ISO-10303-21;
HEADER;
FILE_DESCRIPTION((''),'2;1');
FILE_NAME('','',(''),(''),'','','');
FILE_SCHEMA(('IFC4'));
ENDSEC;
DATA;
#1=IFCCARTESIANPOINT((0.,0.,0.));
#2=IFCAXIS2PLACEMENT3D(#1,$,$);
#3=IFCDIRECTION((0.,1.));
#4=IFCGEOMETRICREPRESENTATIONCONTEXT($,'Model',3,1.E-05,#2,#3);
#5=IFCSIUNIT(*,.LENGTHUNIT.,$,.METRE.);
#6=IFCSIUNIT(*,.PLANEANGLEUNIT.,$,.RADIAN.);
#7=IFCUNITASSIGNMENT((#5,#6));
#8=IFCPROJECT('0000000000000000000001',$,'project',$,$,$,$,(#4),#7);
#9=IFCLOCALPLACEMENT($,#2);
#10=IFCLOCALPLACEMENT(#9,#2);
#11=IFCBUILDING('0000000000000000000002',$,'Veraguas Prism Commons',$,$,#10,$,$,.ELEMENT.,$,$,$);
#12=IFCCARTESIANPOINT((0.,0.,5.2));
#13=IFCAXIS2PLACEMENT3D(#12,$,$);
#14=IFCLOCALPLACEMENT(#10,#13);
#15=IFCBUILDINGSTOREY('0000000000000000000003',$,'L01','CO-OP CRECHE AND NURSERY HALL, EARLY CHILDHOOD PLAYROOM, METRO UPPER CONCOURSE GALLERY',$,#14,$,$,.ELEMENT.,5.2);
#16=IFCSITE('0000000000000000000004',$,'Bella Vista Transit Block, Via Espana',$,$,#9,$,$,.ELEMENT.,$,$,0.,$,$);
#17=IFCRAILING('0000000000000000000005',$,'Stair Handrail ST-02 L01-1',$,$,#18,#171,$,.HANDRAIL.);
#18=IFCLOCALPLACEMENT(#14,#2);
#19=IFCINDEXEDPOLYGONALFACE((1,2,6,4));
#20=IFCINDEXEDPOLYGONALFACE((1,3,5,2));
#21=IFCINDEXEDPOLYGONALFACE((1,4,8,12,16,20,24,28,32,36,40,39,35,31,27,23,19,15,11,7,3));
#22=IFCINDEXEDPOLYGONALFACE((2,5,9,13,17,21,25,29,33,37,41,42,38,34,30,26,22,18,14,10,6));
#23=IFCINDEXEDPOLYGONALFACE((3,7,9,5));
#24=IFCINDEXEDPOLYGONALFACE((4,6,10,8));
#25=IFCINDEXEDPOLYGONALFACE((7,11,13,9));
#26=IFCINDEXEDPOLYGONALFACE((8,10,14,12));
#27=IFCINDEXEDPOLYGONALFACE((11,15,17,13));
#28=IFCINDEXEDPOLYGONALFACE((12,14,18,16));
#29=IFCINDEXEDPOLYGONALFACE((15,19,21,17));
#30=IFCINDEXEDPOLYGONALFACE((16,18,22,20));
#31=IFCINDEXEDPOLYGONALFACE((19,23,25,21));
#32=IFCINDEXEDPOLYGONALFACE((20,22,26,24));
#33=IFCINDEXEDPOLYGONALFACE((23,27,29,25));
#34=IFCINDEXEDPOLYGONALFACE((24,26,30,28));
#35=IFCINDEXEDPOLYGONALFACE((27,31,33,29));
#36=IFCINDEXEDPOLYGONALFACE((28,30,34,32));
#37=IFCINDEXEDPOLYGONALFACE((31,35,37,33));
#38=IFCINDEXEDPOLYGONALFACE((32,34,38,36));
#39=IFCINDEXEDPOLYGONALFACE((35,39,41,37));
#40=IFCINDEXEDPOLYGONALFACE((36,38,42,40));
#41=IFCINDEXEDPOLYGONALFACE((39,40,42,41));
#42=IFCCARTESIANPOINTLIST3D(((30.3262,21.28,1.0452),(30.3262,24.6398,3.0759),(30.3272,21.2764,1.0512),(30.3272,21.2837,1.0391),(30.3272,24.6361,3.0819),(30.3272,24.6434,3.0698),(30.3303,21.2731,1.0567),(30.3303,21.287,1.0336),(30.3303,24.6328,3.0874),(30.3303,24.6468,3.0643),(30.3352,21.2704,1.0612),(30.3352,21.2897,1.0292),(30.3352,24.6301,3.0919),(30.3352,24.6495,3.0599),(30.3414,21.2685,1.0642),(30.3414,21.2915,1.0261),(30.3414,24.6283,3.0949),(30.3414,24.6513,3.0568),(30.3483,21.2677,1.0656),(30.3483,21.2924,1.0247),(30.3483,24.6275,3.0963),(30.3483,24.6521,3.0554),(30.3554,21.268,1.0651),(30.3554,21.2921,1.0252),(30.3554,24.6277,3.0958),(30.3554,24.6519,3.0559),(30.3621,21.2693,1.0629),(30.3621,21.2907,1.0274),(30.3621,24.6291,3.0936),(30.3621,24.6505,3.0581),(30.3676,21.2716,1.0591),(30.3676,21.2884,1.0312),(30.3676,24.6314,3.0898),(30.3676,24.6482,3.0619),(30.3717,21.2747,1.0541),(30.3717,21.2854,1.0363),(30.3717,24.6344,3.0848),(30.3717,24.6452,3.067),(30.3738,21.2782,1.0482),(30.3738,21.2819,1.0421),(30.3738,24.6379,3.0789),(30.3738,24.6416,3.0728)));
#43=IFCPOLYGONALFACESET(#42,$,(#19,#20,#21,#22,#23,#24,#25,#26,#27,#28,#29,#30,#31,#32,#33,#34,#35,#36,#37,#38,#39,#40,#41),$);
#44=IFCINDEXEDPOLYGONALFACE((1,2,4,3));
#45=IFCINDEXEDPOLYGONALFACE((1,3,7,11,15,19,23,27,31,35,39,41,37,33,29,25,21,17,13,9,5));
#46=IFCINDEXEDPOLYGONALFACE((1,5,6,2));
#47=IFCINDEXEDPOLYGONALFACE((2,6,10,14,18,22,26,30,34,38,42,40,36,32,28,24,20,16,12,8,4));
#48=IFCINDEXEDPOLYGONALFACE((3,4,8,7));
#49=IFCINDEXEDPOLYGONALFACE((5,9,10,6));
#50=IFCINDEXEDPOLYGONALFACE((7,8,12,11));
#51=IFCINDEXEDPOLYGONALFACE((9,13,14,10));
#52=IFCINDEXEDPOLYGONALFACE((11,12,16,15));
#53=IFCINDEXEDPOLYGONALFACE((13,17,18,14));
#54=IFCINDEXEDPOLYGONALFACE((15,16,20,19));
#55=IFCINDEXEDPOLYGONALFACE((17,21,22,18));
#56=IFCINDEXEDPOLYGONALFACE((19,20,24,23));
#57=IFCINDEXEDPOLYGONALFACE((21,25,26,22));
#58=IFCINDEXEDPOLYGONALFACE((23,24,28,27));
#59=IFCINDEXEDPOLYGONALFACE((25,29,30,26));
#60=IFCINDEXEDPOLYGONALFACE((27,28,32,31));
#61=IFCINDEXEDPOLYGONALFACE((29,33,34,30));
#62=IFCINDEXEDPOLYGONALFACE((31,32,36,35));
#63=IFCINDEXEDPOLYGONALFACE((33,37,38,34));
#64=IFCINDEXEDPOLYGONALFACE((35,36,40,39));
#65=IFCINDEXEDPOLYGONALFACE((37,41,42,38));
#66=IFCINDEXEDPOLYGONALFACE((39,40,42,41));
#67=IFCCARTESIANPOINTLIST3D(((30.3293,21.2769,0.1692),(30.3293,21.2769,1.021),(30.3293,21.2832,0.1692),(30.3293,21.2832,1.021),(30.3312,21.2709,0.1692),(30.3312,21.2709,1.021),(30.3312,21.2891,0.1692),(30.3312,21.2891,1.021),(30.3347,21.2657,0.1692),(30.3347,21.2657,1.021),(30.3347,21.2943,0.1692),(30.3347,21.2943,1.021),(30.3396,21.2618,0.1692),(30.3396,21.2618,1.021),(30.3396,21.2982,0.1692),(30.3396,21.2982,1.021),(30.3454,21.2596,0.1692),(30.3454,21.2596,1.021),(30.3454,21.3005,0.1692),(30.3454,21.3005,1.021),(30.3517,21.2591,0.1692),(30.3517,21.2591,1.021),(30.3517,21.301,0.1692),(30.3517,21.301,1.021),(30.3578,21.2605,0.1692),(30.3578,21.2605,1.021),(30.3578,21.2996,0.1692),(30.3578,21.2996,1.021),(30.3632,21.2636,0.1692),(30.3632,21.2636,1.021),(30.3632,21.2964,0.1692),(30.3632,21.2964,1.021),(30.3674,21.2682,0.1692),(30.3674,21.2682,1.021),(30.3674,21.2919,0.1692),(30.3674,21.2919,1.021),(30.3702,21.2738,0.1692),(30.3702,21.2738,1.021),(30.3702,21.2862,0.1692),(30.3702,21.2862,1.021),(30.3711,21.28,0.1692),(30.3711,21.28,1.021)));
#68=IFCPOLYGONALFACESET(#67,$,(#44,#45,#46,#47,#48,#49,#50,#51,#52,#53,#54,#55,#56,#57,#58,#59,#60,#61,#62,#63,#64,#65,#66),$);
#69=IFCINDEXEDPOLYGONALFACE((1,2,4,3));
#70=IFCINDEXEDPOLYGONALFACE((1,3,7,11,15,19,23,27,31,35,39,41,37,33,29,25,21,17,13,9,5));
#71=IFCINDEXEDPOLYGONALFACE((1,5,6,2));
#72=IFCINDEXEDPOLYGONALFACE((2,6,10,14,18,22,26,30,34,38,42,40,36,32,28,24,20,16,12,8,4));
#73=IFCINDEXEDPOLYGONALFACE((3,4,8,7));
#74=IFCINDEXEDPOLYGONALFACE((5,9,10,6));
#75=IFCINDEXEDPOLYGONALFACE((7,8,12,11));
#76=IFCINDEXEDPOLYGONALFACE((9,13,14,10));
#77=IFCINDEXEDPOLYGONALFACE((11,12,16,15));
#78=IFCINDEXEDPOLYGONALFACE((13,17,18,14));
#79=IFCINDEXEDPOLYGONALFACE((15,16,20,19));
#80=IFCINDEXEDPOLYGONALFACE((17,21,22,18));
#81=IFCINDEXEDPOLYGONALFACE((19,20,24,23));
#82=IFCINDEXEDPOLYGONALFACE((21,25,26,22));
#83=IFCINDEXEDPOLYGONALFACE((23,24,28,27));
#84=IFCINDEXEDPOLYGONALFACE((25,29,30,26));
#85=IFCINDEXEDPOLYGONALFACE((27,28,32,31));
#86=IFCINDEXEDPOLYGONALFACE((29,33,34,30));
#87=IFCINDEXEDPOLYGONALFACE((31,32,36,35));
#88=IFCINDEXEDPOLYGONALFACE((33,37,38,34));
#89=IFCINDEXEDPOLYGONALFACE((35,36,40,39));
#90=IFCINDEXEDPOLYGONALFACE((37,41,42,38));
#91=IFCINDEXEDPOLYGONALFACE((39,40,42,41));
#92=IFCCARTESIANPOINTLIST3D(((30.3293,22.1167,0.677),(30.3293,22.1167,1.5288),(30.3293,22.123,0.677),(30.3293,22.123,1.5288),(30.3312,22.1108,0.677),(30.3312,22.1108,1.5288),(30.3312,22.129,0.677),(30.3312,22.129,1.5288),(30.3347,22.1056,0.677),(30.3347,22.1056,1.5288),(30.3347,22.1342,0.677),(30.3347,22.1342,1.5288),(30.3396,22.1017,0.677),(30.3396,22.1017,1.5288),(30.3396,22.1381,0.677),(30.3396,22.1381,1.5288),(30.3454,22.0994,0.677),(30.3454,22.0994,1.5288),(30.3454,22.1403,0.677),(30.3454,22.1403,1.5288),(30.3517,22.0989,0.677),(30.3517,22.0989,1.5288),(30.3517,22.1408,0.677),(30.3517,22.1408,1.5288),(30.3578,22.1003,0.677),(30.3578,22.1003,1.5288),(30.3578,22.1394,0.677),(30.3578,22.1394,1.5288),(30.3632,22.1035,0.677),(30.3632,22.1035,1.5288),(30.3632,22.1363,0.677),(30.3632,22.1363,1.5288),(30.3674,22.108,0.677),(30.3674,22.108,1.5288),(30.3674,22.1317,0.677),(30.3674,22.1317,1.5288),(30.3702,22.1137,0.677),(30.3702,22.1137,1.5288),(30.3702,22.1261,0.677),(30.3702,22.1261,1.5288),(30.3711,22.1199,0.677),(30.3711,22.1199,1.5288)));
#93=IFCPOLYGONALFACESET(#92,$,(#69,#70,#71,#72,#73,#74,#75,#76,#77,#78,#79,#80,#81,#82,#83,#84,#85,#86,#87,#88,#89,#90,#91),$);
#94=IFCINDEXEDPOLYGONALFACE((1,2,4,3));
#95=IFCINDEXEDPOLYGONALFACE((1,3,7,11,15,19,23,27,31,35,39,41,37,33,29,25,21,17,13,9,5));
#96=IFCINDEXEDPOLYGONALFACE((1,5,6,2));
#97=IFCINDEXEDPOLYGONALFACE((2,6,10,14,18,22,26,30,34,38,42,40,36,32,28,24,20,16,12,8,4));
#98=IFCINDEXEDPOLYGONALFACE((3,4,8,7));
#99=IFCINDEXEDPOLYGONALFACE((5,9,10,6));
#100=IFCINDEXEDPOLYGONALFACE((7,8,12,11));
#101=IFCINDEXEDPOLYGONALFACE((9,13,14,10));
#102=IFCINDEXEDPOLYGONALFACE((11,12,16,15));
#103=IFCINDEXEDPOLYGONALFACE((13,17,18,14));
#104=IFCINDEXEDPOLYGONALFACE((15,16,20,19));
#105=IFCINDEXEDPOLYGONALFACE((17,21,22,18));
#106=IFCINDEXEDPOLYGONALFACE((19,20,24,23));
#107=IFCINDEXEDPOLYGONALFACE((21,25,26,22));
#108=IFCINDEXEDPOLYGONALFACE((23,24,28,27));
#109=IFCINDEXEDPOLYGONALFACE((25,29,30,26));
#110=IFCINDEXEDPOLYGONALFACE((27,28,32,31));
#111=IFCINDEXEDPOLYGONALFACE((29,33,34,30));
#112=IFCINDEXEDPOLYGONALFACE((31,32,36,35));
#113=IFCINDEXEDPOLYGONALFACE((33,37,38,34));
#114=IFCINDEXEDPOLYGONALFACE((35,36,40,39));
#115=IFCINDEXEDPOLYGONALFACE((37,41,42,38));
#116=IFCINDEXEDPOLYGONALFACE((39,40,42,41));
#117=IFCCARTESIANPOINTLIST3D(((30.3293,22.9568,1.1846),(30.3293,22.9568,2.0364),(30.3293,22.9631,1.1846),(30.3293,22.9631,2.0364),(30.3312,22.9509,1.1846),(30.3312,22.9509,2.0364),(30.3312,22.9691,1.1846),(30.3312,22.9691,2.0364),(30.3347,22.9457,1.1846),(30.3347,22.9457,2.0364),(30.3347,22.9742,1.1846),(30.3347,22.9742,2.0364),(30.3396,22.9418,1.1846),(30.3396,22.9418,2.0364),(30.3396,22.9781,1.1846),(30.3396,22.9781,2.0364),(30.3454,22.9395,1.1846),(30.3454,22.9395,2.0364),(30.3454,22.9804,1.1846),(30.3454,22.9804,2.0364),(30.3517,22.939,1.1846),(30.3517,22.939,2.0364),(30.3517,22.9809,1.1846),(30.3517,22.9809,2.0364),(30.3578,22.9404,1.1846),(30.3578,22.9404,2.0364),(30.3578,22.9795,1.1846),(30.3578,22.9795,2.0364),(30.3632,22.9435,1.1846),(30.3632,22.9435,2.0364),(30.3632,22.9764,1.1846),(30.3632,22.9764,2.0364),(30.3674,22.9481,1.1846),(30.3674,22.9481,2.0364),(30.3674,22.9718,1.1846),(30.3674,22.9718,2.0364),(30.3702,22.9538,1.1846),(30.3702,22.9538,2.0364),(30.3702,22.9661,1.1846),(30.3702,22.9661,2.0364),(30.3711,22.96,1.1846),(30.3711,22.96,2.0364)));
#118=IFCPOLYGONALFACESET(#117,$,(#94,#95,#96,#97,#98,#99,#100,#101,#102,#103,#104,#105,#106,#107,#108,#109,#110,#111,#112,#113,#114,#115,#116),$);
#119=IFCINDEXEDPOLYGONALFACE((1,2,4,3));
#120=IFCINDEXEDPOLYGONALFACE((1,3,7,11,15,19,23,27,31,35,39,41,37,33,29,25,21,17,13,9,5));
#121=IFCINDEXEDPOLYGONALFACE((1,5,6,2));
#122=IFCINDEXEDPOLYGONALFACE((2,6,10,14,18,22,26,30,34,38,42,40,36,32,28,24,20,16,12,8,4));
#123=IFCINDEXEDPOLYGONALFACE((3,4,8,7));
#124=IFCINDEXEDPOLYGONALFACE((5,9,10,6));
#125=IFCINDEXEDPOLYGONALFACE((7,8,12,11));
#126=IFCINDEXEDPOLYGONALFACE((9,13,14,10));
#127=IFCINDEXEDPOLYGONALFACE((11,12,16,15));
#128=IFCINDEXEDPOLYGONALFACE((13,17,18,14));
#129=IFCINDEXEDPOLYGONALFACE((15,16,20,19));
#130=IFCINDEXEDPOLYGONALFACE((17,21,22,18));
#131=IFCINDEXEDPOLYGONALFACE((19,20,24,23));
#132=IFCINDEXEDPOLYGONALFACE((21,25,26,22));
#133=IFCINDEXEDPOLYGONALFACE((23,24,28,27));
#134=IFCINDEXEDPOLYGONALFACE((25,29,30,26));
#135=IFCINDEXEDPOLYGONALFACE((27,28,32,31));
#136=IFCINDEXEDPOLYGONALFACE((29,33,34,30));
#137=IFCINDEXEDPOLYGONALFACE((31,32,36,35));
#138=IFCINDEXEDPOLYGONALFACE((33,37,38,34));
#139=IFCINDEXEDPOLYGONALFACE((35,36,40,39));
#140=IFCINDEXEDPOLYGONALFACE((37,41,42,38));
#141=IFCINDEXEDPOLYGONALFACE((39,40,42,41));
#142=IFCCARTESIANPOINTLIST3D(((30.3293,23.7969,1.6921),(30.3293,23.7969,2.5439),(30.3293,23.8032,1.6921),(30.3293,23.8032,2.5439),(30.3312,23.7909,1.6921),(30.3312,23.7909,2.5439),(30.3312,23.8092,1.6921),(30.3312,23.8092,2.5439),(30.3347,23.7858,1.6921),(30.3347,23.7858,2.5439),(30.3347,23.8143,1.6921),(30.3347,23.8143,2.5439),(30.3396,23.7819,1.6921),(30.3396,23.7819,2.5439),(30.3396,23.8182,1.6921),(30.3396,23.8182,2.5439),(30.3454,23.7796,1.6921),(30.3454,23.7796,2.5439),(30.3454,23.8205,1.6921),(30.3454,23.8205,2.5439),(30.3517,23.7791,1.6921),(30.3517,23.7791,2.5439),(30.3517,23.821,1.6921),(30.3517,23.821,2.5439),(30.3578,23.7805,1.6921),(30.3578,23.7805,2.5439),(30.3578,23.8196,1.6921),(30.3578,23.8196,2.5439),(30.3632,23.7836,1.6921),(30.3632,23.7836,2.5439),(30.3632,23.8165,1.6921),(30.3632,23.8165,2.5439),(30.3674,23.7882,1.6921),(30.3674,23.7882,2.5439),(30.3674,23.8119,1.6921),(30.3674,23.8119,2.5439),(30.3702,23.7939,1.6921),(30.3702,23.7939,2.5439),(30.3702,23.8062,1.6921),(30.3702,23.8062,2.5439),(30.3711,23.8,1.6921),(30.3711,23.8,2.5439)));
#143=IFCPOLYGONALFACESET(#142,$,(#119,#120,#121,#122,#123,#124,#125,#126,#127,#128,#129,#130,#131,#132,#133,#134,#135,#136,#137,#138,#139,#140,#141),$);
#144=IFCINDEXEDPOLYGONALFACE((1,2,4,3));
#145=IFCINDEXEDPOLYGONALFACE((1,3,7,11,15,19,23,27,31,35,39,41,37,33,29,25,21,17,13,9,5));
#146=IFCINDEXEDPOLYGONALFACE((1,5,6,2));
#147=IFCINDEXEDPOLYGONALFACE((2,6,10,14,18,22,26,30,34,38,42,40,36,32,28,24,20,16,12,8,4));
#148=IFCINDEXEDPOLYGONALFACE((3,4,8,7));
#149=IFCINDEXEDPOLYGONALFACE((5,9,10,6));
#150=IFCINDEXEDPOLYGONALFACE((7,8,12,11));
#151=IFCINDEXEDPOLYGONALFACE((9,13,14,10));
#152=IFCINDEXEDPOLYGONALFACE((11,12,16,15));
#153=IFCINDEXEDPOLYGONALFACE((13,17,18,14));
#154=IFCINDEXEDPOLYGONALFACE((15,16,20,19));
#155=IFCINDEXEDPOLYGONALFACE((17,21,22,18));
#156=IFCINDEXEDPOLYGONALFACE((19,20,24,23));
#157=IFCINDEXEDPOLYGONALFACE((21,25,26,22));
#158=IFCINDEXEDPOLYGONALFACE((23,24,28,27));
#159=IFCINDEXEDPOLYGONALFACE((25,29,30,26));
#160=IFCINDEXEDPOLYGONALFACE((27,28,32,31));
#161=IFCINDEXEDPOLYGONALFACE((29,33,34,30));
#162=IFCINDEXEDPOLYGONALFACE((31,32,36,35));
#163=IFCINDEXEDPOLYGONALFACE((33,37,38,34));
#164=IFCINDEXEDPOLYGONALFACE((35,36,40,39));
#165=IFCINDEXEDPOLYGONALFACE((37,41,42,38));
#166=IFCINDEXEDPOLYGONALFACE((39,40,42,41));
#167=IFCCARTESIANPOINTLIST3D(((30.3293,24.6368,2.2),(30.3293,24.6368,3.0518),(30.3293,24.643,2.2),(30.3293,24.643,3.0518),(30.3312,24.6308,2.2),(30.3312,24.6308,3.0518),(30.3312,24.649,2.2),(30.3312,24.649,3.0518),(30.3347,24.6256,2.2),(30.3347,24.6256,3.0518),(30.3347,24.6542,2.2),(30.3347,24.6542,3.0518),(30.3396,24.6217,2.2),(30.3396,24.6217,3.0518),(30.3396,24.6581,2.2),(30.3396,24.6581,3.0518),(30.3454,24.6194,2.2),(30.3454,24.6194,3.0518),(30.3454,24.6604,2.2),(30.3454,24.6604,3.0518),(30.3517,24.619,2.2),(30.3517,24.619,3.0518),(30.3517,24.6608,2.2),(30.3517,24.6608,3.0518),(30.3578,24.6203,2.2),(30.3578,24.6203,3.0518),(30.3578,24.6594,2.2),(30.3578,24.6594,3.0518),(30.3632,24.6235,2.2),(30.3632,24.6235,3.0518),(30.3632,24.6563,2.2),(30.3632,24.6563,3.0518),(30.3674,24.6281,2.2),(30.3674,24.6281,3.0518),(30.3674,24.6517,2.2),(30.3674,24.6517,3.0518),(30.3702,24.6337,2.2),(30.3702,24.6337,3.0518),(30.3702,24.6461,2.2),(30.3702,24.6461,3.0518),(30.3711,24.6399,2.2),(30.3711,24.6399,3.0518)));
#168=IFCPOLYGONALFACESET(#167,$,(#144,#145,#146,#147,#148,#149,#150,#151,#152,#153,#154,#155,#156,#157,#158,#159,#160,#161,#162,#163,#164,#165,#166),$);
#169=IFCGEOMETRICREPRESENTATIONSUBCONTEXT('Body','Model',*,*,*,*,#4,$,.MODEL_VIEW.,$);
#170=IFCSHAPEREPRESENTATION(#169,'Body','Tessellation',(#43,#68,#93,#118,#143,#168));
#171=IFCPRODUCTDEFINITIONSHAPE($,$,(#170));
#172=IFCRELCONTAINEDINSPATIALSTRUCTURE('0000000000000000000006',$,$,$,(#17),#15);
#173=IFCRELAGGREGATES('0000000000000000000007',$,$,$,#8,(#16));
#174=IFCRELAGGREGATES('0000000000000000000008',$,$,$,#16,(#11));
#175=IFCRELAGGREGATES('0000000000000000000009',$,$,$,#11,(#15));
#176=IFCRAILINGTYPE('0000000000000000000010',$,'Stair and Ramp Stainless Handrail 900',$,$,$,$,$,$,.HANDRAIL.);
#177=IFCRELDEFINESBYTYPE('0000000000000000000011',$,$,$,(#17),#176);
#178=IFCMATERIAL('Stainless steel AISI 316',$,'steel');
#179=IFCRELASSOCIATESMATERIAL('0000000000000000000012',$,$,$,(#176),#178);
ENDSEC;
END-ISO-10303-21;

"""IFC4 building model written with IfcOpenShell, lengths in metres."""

from ifc_helpers import new_model, si_unit, direction, frame, origin, origin_2d, place, context, subcontext, project, spatial, circle, extrude, material, type_object, element, save


model = new_model("IFC4")

# Units and contexts
model_context = context("Model", 3, precision=1e-05, world=origin(), true_north=direction((0.0, 1.0)))
body_context = subcontext(model_context, "Body", "Model", "MODEL_VIEW")
ifc_project = project(units=[si_unit("LENGTHUNIT", "METRE"), si_unit("PLANEANGLEUNIT", "RADIAN")], contexts=[model_context])

# Site, building, storey
site_placement = place(None, origin())
site = spatial("IfcSite", under=ifc_project, at=site_placement, Name="Bella Vista Transit Block, Via Espana", CompositionType="ELEMENT", RefElevation=0.0)
building_placement = place(site_placement, origin())
building = spatial("IfcBuilding", under=site, at=building_placement, Name="Veraguas Prism Commons", CompositionType="ELEMENT")
storey_placement = place(building_placement, frame((0.0, 0.0, 5.2)))
storey = spatial("IfcBuildingStorey", under=building, at=storey_placement, Name="L01", Description="CO-OP CRECHE AND NURSERY HALL, EARLY CHILDHOOD PLAYROOM, METRO UPPER CONCOURSE GALLERY", CompositionType="ELEMENT", Elevation=5.2)

# Railing
ifc_material_1 = material(Name="Stainless steel AISI 316", Category="steel")
railing_type_1 = type_object("IfcRailingType", Name="Stair and Ramp Stainless Handrail 900", PredefinedType="HANDRAIL", material=ifc_material_1)
railing_1_placement = place(storey_placement, frame((30.3501, 21.28, 0.1692)))
element("IfcRailing", 1, at=railing_1_placement, inside=storey, type_object=railing_type_1, Name="Stair Handrail ST-02 L01-1", PredefinedType="HANDRAIL", context=body_context, shape_type="SweptSolid", body=[
    extrude(circle(Radius=0.0239, at=origin_2d()), frame((0.0, 0.0, 0.876), z_axis=(0.0, 0.85582, 0.517273), x_axis=(-1.0, 0.0, 0.0)), (0.0, 0.0, 1.0), 3.9258),
    extrude(circle(Radius=0.021, at=origin_2d()), origin(), (0.0, 0.0, 1.0), 0.8518),
    extrude(circle(Radius=0.021, at=origin_2d()), frame((0.0, 0.8398, 0.5078)), (0.0, 0.0, 1.0), 0.8518),
    extrude(circle(Radius=0.021, at=origin_2d()), frame((0.0, 1.6799, 1.0154)), (0.0, 0.0, 1.0), 0.8518),
    extrude(circle(Radius=0.021, at=origin_2d()), frame((0.0, 2.52, 1.5229)), (0.0, 0.0, 1.0), 0.8518),
    extrude(circle(Radius=0.021, at=origin_2d()), frame((0.0, 3.3599, 2.0308)), (0.0, 0.0, 1.0), 0.8518),
])

save(model, "model.ifc")
